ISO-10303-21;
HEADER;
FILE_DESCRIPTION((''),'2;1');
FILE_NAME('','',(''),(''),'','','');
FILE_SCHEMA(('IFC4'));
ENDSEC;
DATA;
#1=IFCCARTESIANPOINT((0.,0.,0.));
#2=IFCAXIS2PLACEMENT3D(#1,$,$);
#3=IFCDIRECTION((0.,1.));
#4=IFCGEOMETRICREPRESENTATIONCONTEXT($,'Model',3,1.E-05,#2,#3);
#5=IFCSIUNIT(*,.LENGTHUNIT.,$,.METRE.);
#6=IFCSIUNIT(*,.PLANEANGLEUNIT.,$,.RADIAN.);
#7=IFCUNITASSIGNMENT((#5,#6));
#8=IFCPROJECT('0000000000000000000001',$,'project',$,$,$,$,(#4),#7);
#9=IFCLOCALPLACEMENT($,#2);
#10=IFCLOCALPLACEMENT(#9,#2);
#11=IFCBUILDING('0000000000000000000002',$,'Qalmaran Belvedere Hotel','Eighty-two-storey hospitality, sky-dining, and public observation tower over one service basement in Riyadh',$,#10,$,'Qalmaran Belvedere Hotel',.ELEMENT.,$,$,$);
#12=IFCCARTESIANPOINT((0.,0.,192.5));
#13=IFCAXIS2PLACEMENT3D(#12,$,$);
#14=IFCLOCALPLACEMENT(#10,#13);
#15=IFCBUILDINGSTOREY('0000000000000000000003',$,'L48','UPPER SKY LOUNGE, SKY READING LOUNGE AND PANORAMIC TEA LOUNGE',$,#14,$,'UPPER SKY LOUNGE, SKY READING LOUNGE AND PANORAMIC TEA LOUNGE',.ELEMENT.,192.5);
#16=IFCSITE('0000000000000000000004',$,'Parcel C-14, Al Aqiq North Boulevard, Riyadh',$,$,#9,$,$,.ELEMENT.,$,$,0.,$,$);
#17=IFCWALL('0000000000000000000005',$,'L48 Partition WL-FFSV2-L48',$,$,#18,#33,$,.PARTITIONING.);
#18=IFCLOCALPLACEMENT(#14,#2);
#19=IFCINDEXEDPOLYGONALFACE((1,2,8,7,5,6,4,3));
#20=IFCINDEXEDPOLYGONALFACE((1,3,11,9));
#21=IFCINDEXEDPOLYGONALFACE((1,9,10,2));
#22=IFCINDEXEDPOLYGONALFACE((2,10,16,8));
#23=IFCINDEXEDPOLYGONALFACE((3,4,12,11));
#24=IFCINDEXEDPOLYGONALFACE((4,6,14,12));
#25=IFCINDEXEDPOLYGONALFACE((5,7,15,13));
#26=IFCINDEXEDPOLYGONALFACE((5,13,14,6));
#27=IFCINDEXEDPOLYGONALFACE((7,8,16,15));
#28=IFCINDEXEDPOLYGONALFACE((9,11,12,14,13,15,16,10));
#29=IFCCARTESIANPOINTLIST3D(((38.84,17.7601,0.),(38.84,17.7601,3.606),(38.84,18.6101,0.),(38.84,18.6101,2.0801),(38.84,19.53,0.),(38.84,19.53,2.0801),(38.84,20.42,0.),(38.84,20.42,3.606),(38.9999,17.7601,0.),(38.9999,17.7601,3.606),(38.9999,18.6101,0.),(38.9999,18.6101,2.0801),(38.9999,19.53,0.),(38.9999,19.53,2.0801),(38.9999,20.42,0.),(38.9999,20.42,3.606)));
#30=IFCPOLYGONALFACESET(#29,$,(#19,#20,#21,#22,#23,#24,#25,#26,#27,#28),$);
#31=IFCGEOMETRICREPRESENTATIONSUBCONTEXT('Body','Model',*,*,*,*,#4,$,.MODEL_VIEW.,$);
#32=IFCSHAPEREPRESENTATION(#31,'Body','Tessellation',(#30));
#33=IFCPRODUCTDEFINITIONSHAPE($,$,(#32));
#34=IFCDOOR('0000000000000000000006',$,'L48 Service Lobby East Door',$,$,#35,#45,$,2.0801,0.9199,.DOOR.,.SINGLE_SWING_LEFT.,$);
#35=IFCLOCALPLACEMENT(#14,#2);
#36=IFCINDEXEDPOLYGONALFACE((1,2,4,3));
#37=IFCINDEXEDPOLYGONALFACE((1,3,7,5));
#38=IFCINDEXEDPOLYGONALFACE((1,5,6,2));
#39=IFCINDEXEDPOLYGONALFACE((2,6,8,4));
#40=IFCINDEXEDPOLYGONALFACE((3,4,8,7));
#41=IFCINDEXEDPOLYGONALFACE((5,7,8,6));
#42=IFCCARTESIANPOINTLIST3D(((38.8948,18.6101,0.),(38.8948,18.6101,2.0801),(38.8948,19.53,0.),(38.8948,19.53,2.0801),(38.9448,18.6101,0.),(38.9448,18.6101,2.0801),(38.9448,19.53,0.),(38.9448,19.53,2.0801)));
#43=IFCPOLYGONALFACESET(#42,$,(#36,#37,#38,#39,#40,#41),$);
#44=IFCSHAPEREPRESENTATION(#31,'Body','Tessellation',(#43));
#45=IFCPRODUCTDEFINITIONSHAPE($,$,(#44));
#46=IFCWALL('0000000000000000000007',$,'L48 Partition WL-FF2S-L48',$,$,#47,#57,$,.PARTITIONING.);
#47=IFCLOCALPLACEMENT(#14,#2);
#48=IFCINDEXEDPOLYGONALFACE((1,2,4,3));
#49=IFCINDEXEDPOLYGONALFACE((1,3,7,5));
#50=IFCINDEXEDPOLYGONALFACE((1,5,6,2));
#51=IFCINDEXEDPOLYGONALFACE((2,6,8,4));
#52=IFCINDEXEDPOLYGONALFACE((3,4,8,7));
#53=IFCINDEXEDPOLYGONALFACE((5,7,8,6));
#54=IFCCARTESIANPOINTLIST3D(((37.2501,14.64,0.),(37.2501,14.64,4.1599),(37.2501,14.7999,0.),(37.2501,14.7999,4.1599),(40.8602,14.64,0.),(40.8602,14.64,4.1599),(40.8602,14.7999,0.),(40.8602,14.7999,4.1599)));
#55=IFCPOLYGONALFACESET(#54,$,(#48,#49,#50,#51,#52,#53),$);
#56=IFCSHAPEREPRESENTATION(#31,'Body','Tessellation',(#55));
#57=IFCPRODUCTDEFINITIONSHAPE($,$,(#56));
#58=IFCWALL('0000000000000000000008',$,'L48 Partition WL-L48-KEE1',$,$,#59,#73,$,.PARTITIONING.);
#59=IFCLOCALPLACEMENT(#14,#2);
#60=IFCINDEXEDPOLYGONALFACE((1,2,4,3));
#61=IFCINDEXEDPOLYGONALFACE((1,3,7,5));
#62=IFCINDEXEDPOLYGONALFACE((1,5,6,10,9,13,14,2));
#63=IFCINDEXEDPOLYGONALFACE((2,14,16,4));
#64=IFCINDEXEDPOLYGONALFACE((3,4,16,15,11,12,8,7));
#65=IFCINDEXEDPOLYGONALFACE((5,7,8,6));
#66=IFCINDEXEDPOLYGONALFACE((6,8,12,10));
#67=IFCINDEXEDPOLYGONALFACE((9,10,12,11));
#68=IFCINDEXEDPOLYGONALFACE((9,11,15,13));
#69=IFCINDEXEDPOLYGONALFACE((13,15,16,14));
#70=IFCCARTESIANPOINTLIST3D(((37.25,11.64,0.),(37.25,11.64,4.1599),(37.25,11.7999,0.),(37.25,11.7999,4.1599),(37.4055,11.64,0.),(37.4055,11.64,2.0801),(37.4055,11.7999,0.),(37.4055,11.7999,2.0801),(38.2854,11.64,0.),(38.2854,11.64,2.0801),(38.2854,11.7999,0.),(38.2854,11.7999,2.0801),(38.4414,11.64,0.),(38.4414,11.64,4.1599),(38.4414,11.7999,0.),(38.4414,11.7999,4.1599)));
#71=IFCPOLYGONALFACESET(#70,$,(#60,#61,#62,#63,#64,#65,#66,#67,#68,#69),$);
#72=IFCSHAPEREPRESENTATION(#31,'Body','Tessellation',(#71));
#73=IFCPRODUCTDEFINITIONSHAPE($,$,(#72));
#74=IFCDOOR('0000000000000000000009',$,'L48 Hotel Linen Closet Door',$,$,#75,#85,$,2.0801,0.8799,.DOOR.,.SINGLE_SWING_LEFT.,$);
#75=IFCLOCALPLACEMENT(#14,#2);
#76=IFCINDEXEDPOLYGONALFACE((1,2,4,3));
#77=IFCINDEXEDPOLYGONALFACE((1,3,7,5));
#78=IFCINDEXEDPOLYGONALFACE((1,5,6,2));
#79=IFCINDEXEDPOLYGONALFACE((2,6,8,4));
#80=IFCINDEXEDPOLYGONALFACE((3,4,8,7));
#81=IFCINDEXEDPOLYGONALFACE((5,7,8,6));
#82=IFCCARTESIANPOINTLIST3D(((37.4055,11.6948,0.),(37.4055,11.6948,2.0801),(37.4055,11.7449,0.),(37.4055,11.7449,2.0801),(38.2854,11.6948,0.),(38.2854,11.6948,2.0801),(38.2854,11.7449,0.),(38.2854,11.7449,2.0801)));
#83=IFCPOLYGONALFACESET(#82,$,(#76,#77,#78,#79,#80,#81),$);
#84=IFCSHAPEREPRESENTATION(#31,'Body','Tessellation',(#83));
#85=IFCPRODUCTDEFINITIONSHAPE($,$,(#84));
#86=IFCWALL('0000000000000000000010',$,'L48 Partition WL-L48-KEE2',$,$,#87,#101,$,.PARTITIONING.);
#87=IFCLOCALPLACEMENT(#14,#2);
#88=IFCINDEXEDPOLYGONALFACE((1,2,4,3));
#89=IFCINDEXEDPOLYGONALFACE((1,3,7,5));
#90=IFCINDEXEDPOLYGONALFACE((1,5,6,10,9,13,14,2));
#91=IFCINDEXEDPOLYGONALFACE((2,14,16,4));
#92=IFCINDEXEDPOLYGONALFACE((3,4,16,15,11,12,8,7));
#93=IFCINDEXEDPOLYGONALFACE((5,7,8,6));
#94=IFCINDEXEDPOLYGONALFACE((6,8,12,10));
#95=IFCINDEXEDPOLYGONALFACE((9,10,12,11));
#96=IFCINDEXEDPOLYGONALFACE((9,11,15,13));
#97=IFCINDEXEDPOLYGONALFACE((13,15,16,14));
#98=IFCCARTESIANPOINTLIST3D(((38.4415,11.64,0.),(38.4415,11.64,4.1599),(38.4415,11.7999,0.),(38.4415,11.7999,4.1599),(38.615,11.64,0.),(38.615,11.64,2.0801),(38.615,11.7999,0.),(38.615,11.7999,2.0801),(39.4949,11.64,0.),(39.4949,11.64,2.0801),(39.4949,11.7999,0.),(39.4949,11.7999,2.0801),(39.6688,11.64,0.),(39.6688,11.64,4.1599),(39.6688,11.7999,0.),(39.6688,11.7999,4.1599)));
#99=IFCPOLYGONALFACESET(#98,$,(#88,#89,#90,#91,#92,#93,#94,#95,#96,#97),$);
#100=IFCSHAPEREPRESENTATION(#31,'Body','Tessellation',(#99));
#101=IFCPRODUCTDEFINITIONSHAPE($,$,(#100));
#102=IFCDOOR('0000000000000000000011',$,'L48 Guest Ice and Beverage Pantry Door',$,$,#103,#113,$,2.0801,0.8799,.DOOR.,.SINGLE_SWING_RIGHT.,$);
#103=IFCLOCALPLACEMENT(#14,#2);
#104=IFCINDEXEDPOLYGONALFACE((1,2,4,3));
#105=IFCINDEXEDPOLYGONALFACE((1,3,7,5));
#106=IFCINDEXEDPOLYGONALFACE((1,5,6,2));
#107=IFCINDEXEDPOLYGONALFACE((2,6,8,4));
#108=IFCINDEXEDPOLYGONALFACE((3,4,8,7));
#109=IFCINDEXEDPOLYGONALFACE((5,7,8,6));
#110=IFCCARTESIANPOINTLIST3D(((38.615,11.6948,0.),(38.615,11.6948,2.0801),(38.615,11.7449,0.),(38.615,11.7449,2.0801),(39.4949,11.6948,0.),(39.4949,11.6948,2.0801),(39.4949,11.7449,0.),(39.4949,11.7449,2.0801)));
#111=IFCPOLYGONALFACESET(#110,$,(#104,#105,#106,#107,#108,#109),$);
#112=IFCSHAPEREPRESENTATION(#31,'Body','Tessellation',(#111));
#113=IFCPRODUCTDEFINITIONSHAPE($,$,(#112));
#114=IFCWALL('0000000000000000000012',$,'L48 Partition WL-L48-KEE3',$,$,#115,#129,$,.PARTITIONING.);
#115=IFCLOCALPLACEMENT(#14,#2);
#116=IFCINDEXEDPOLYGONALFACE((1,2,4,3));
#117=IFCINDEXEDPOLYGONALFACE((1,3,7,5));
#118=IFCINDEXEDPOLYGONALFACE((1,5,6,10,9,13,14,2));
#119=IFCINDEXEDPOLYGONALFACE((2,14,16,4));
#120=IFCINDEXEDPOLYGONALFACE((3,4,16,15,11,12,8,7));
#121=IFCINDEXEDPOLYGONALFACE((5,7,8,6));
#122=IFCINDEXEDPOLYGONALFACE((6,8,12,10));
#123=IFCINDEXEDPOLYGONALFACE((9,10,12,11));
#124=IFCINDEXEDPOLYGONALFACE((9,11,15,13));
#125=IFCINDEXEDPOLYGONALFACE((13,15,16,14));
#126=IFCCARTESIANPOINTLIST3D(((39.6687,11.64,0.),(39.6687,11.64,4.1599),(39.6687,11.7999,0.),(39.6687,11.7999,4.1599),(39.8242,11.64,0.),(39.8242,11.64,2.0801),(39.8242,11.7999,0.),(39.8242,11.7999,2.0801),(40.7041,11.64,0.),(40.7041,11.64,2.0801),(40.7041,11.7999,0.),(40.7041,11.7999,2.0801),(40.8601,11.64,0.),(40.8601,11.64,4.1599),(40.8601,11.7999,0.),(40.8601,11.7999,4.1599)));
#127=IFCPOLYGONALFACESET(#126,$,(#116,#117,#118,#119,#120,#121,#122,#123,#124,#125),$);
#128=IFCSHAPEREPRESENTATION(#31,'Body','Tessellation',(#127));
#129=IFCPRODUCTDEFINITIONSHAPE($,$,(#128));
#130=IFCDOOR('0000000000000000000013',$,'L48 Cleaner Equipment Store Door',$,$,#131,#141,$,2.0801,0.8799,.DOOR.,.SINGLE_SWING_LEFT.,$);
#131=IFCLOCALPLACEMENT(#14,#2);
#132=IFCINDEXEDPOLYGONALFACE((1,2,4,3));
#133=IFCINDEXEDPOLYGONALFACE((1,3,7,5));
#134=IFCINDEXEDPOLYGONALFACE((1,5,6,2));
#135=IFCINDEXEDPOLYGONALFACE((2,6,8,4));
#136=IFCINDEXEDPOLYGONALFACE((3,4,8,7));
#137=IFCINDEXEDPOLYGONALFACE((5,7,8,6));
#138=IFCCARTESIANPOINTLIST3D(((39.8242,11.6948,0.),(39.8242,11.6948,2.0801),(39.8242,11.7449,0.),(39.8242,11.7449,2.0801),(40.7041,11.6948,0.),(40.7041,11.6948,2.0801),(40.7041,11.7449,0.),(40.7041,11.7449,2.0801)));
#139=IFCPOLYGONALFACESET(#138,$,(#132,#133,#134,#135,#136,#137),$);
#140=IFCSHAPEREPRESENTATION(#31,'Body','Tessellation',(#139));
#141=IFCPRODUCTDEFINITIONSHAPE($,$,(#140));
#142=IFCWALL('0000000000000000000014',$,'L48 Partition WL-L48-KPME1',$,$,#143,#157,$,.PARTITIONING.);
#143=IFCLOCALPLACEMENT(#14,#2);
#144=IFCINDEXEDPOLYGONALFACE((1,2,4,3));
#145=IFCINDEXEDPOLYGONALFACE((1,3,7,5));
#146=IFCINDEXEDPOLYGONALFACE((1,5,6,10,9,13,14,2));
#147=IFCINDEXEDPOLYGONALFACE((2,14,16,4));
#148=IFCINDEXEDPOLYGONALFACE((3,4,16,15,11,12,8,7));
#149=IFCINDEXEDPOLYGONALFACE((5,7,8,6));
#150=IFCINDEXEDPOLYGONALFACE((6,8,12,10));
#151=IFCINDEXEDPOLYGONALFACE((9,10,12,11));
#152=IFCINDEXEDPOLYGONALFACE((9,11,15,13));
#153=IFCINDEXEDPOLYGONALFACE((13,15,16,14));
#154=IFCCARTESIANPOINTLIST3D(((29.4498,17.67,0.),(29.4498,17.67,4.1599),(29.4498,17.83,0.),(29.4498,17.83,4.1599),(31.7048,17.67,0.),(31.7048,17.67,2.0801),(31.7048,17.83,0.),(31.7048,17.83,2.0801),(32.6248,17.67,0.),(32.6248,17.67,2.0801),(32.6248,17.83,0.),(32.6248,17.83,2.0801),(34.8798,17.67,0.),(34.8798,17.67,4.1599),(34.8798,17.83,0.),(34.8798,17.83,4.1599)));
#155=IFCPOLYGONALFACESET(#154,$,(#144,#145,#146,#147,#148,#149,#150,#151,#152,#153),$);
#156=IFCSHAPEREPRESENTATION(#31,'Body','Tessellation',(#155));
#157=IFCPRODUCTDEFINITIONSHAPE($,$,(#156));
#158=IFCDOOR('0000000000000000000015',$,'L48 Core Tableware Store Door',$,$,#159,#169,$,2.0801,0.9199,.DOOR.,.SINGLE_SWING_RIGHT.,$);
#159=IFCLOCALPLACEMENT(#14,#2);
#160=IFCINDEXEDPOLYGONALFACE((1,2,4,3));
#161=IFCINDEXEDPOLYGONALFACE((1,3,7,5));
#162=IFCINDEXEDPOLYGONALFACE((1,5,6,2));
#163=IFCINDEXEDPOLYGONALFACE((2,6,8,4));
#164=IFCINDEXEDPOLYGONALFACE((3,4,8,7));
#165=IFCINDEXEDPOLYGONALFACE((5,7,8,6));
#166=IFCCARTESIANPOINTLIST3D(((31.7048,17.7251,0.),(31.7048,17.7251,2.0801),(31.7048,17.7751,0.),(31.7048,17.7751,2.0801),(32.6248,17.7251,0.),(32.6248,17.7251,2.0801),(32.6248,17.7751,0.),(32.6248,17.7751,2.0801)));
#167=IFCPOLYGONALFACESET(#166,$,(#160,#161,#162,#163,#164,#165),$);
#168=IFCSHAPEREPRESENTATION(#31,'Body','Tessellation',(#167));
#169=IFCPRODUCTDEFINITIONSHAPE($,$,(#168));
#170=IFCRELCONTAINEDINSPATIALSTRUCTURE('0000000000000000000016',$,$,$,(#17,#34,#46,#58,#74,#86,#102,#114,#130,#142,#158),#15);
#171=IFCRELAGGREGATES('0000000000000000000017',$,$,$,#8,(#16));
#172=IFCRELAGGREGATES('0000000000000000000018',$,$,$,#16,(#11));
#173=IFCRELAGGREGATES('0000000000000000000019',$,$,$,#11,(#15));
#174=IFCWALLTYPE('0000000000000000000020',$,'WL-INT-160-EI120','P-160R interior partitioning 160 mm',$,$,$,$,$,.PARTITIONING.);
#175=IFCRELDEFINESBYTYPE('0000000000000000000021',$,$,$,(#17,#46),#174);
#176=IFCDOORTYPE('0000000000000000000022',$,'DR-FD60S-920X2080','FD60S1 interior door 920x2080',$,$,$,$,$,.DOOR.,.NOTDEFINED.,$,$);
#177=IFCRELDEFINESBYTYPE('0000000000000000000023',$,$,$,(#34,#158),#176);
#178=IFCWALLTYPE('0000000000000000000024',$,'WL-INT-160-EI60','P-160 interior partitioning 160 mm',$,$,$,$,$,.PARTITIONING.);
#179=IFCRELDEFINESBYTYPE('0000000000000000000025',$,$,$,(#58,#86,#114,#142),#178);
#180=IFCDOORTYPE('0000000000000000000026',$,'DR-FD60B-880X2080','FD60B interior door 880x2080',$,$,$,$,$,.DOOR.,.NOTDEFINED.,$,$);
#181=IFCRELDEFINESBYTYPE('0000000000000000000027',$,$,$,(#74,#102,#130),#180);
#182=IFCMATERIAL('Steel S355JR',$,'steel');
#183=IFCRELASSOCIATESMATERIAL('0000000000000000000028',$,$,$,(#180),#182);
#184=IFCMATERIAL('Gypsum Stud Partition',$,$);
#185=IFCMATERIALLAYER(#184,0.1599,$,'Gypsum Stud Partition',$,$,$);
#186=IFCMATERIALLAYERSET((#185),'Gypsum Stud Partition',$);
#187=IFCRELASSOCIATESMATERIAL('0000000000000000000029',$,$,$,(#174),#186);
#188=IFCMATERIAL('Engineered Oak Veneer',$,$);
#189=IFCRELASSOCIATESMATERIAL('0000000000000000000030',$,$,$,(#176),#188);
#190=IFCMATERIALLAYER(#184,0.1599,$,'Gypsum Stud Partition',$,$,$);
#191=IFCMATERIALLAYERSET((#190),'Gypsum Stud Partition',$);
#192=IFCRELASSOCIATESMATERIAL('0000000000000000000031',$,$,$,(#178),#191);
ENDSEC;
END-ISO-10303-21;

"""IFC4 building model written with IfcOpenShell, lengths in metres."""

from ifc_helpers import new_model, si_unit, direction, frame, frame_2d, origin, place, context, subcontext, project, spatial, rectangle, extrude, material, layer, layer_set, type_object, element, fill, save


model = new_model("IFC4")

# Units and contexts
model_context = context("Model", 3, precision=1e-05, world=origin(), true_north=direction((0.0, 1.0)))
body_context = subcontext(model_context, "Body", "Model", "MODEL_VIEW")
ifc_project = project(units=[si_unit("LENGTHUNIT", "METRE"), si_unit("PLANEANGLEUNIT", "RADIAN")], contexts=[model_context])

# Site, building, storey
site_placement = place(None, origin())
site = spatial("IfcSite", under=ifc_project, at=site_placement, Name="Parcel C-14, Al Aqiq North Boulevard, Riyadh", CompositionType="ELEMENT", RefElevation=0.0)
building_placement = place(site_placement, origin())
building = spatial("IfcBuilding", under=site, at=building_placement, Name="Qalmaran Belvedere Hotel", Description="Eighty-two-storey hospitality, sky-dining, and public observation tower over one service basement in Riyadh", LongName="Qalmaran Belvedere Hotel", CompositionType="ELEMENT")
storey_placement = place(building_placement, frame((0.0, 0.0, 192.5)))
storey = spatial("IfcBuildingStorey", under=building, at=storey_placement, Name="L48", Description="UPPER SKY LOUNGE, SKY READING LOUNGE AND PANORAMIC TEA LOUNGE", LongName="UPPER SKY LOUNGE, SKY READING LOUNGE AND PANORAMIC TEA LOUNGE", CompositionType="ELEMENT", Elevation=192.5)

# Shared definitions
ifc_material_1 = material(Name="Steel S355JR", Category="steel")

# Shared definitions
ifc_material_2 = material(Name="Gypsum Stud Partition")

# Wall, opening, door
door_type_1 = type_object("IfcDoorType", Name="DR-FD60B-880X2080", Description="FD60B interior door 880x2080", OperationType="NOTDEFINED", PredefinedType="DOOR", material=ifc_material_1)
ifc_layer_1 = layer(ifc_material_2, 0.1599, Name="Gypsum Stud Partition")
ifc_layer_set_1 = layer_set([ifc_layer_1], Name="Gypsum Stud Partition")
wall_type_1 = type_object("IfcWallType", Name="WL-INT-160-EI120", Description="P-160R interior partitioning 160 mm", PredefinedType="PARTITIONING", material=ifc_layer_set_1)
wall_1_placement = place(storey_placement, frame((38.9199, 17.76, 0.0), z_axis=(0.0, 0.0, 1.0), x_axis=(0.0, 1.0, 0.0)))
wall_1 = element("IfcWall", 1, at=wall_1_placement, inside=storey, type_object=wall_type_1, Name="L48 Partition WL-FFSV2-L48", PredefinedType="PARTITIONING", context=body_context, shape_type="SweptSolid", body=[
    extrude(rectangle(XDim=2.6599, YDim=0.1599, at=frame_2d((1.3301, 0.0))), origin(), (0.0, 0.0, 1.0), 3.606),
])
opening_1_placement = place(wall_1_placement, frame((1.77, 0.0, 0.0), z_axis=(0.0, 0.0, 1.0), x_axis=(-1.0, 0.0, 0.0)))
opening_1 = element("IfcOpeningElement", 2, at=opening_1_placement, cuts=wall_1, PredefinedType="OPENING", context=body_context, shape_type="SweptSolid", body=[
    extrude(rectangle(XDim=0.9199, YDim=2.0801, at=frame_2d((0.46, 1.04))), frame((0.0, 0.0898, 0.0), z_axis=(0.0, -1.0, 0.0), x_axis=(1.0, 0.0, 0.0)), (0.0, 0.0, 1.0), 0.1799),
])
ifc_material_3 = material(Name="Engineered Oak Veneer")
door_type_2 = type_object("IfcDoorType", Name="DR-FD60S-920X2080", Description="FD60S1 interior door 920x2080", OperationType="NOTDEFINED", PredefinedType="DOOR", material=ifc_material_3)
door_1_placement = place(opening_1_placement, origin())
door_1 = element("IfcDoor", 3, at=door_1_placement, inside=storey, type_object=door_type_2, Name="L48 Service Lobby East Door", OperationType="SINGLE_SWING_LEFT", OverallHeight=2.0801, OverallWidth=0.9199, PredefinedType="DOOR", context=body_context, shape_type="SweptSolid", body=[
    extrude(rectangle(XDim=0.9199, YDim=2.0801, at=frame_2d((0.46, 1.04))), frame((0.0, 0.0249, 0.0), z_axis=(0.0, -1.0, 0.0), x_axis=(1.0, 0.0, 0.0)), (0.0, 0.0, 1.0), 0.05),
])
fill(opening_1, door_1)

# Wall
wall_2_placement = place(storey_placement, frame((37.25, 14.72, 0.0), z_axis=(0.0, 0.0, 1.0), x_axis=(1.0, 0.0, 0.0)))
element("IfcWall", 4, at=wall_2_placement, inside=storey, type_object=wall_type_1, Name="L48 Partition WL-FF2S-L48", PredefinedType="PARTITIONING", context=body_context, shape_type="SweptSolid", body=[
    extrude(rectangle(XDim=3.6101, YDim=0.1599, at=frame_2d((1.8052, 0.0))), origin(), (0.0, 0.0, 1.0), 4.1599),
])

# Walls, openings, doors
ifc_layer_2 = layer(ifc_material_2, 0.1599, Name="Gypsum Stud Partition")
ifc_layer_set_2 = layer_set([ifc_layer_2], Name="Gypsum Stud Partition")
wall_type_2 = type_object("IfcWallType", Name="WL-INT-160-EI60", Description="P-160 interior partitioning 160 mm", PredefinedType="PARTITIONING", material=ifc_layer_set_2)
wall_3_placement = place(storey_placement, frame((37.25, 11.72, 0.0), z_axis=(0.0, 0.0, 1.0), x_axis=(1.0, 0.0, 0.0)))
wall_3 = element("IfcWall", 5, at=wall_3_placement, inside=storey, type_object=wall_type_2, Name="L48 Partition WL-L48-KEE1", PredefinedType="PARTITIONING", context=body_context, shape_type="SweptSolid", body=[
    extrude(rectangle(XDim=1.1914, YDim=0.1599, at=frame_2d((0.5957, 0.0))), origin(), (0.0, 0.0, 1.0), 4.1599),
])
opening_2_placement = place(wall_3_placement, frame((0.1555, 0.0, 0.0)))
opening_2 = element("IfcOpeningElement", 6, at=opening_2_placement, cuts=wall_3, PredefinedType="OPENING", context=body_context, shape_type="SweptSolid", body=[
    extrude(rectangle(XDim=0.8799, YDim=2.0801, at=frame_2d((0.4399, 1.04))), frame((0.0, 0.0898, 0.0), z_axis=(0.0, -1.0, 0.0), x_axis=(1.0, 0.0, 0.0)), (0.0, 0.0, 1.0), 0.1799),
])
door_2_placement = place(opening_2_placement, origin())
door_2 = element("IfcDoor", 7, at=door_2_placement, inside=storey, type_object=door_type_1, Name="L48 Hotel Linen Closet Door", OperationType="SINGLE_SWING_LEFT", OverallHeight=2.0801, OverallWidth=0.8799, PredefinedType="DOOR", context=body_context, shape_type="SweptSolid", body=[
    extrude(rectangle(XDim=0.8799, YDim=2.0801, at=frame_2d((0.4399, 1.04))), frame((0.0, 0.0249, 0.0), z_axis=(0.0, -1.0, 0.0), x_axis=(1.0, 0.0, 0.0)), (0.0, 0.0, 1.0), 0.05),
])
fill(opening_2, door_2)
wall_4_placement = place(storey_placement, frame((38.4414, 11.72, 0.0), z_axis=(0.0, 0.0, 1.0), x_axis=(1.0, 0.0, 0.0)))
wall_4 = element("IfcWall", 8, at=wall_4_placement, inside=storey, type_object=wall_type_2, Name="L48 Partition WL-L48-KEE2", PredefinedType="PARTITIONING", context=body_context, shape_type="SweptSolid", body=[
    extrude(rectangle(XDim=1.2273, YDim=0.1599, at=frame_2d((0.6138, 0.0))), origin(), (0.0, 0.0, 1.0), 4.1599),
])
opening_3_placement = place(wall_4_placement, frame((0.1736, 0.0, 0.0)))
opening_3 = element("IfcOpeningElement", 9, at=opening_3_placement, cuts=wall_4, PredefinedType="OPENING", context=body_context, shape_type="SweptSolid", body=[
    extrude(rectangle(XDim=0.8799, YDim=2.0801, at=frame_2d((0.4399, 1.04))), frame((0.0, 0.0898, 0.0), z_axis=(0.0, -1.0, 0.0), x_axis=(1.0, 0.0, 0.0)), (0.0, 0.0, 1.0), 0.1799),
])
door_3_placement = place(opening_3_placement, origin())
door_3 = element("IfcDoor", 10, at=door_3_placement, inside=storey, type_object=door_type_1, Name="L48 Guest Ice and Beverage Pantry Door", OperationType="SINGLE_SWING_RIGHT", OverallHeight=2.0801, OverallWidth=0.8799, PredefinedType="DOOR", context=body_context, shape_type="SweptSolid", body=[
    extrude(rectangle(XDim=0.8799, YDim=2.0801, at=frame_2d((0.4399, 1.04))), frame((0.0, 0.0249, 0.0), z_axis=(0.0, -1.0, 0.0), x_axis=(1.0, 0.0, 0.0)), (0.0, 0.0, 1.0), 0.05),
])
fill(opening_3, door_3)
wall_5_placement = place(storey_placement, frame((39.6687, 11.72, 0.0), z_axis=(0.0, 0.0, 1.0), x_axis=(1.0, 0.0, 0.0)))
wall_5 = element("IfcWall", 11, at=wall_5_placement, inside=storey, type_object=wall_type_2, Name="L48 Partition WL-L48-KEE3", PredefinedType="PARTITIONING", context=body_context, shape_type="SweptSolid", body=[
    extrude(rectangle(XDim=1.1914, YDim=0.1599, at=frame_2d((0.5957, 0.0))), origin(), (0.0, 0.0, 1.0), 4.1599),
])
opening_4_placement = place(wall_5_placement, frame((0.1555, 0.0, 0.0)))
opening_4 = element("IfcOpeningElement", 12, at=opening_4_placement, cuts=wall_5, PredefinedType="OPENING", context=body_context, shape_type="SweptSolid", body=[
    extrude(rectangle(XDim=0.8799, YDim=2.0801, at=frame_2d((0.4399, 1.04))), frame((0.0, 0.0898, 0.0), z_axis=(0.0, -1.0, 0.0), x_axis=(1.0, 0.0, 0.0)), (0.0, 0.0, 1.0), 0.1799),
])
door_4_placement = place(opening_4_placement, origin())
door_4 = element("IfcDoor", 13, at=door_4_placement, inside=storey, type_object=door_type_1, Name="L48 Cleaner Equipment Store Door", OperationType="SINGLE_SWING_LEFT", OverallHeight=2.0801, OverallWidth=0.8799, PredefinedType="DOOR", context=body_context, shape_type="SweptSolid", body=[
    extrude(rectangle(XDim=0.8799, YDim=2.0801, at=frame_2d((0.4399, 1.04))), frame((0.0, 0.0249, 0.0), z_axis=(0.0, -1.0, 0.0), x_axis=(1.0, 0.0, 0.0)), (0.0, 0.0, 1.0), 0.05),
])
fill(opening_4, door_4)
wall_6_placement = place(storey_placement, frame((29.45, 17.75, 0.0), z_axis=(0.0, 0.0, 1.0), x_axis=(1.0, 0.0, 0.0)))
wall_6 = element("IfcWall", 14, at=wall_6_placement, inside=storey, type_object=wall_type_2, Name="L48 Partition WL-L48-KPME1", PredefinedType="PARTITIONING", context=body_context, shape_type="SweptSolid", body=[
    extrude(rectangle(XDim=5.4299, YDim=0.1599, at=frame_2d((2.7148, 0.0))), origin(), (0.0, 0.0, 1.0), 4.1599),
])
opening_5_placement = place(wall_6_placement, frame((3.1748, 0.0, 0.0), z_axis=(0.0, 0.0, 1.0), x_axis=(-1.0, 0.0, 0.0)))
opening_5 = element("IfcOpeningElement", 15, at=opening_5_placement, cuts=wall_6, PredefinedType="OPENING", context=body_context, shape_type="SweptSolid", body=[
    extrude(rectangle(XDim=0.9199, YDim=2.0801, at=frame_2d((0.46, 1.04))), frame((0.0, 0.0898, 0.0), z_axis=(0.0, -1.0, 0.0), x_axis=(1.0, 0.0, 0.0)), (0.0, 0.0, 1.0), 0.1799),
])
door_5_placement = place(opening_5_placement, origin())
door_5 = element("IfcDoor", 16, at=door_5_placement, inside=storey, type_object=door_type_2, Name="L48 Core Tableware Store Door", OperationType="SINGLE_SWING_RIGHT", OverallHeight=2.0801, OverallWidth=0.9199, PredefinedType="DOOR", context=body_context, shape_type="SweptSolid", body=[
    extrude(rectangle(XDim=0.9199, YDim=2.0801, at=frame_2d((0.46, 1.04))), frame((0.0, 0.0249, 0.0), z_axis=(0.0, -1.0, 0.0), x_axis=(1.0, 0.0, 0.0)), (0.0, 0.0, 1.0), 0.05),
])
fill(opening_5, door_5)

save(model, "model.ifc")
